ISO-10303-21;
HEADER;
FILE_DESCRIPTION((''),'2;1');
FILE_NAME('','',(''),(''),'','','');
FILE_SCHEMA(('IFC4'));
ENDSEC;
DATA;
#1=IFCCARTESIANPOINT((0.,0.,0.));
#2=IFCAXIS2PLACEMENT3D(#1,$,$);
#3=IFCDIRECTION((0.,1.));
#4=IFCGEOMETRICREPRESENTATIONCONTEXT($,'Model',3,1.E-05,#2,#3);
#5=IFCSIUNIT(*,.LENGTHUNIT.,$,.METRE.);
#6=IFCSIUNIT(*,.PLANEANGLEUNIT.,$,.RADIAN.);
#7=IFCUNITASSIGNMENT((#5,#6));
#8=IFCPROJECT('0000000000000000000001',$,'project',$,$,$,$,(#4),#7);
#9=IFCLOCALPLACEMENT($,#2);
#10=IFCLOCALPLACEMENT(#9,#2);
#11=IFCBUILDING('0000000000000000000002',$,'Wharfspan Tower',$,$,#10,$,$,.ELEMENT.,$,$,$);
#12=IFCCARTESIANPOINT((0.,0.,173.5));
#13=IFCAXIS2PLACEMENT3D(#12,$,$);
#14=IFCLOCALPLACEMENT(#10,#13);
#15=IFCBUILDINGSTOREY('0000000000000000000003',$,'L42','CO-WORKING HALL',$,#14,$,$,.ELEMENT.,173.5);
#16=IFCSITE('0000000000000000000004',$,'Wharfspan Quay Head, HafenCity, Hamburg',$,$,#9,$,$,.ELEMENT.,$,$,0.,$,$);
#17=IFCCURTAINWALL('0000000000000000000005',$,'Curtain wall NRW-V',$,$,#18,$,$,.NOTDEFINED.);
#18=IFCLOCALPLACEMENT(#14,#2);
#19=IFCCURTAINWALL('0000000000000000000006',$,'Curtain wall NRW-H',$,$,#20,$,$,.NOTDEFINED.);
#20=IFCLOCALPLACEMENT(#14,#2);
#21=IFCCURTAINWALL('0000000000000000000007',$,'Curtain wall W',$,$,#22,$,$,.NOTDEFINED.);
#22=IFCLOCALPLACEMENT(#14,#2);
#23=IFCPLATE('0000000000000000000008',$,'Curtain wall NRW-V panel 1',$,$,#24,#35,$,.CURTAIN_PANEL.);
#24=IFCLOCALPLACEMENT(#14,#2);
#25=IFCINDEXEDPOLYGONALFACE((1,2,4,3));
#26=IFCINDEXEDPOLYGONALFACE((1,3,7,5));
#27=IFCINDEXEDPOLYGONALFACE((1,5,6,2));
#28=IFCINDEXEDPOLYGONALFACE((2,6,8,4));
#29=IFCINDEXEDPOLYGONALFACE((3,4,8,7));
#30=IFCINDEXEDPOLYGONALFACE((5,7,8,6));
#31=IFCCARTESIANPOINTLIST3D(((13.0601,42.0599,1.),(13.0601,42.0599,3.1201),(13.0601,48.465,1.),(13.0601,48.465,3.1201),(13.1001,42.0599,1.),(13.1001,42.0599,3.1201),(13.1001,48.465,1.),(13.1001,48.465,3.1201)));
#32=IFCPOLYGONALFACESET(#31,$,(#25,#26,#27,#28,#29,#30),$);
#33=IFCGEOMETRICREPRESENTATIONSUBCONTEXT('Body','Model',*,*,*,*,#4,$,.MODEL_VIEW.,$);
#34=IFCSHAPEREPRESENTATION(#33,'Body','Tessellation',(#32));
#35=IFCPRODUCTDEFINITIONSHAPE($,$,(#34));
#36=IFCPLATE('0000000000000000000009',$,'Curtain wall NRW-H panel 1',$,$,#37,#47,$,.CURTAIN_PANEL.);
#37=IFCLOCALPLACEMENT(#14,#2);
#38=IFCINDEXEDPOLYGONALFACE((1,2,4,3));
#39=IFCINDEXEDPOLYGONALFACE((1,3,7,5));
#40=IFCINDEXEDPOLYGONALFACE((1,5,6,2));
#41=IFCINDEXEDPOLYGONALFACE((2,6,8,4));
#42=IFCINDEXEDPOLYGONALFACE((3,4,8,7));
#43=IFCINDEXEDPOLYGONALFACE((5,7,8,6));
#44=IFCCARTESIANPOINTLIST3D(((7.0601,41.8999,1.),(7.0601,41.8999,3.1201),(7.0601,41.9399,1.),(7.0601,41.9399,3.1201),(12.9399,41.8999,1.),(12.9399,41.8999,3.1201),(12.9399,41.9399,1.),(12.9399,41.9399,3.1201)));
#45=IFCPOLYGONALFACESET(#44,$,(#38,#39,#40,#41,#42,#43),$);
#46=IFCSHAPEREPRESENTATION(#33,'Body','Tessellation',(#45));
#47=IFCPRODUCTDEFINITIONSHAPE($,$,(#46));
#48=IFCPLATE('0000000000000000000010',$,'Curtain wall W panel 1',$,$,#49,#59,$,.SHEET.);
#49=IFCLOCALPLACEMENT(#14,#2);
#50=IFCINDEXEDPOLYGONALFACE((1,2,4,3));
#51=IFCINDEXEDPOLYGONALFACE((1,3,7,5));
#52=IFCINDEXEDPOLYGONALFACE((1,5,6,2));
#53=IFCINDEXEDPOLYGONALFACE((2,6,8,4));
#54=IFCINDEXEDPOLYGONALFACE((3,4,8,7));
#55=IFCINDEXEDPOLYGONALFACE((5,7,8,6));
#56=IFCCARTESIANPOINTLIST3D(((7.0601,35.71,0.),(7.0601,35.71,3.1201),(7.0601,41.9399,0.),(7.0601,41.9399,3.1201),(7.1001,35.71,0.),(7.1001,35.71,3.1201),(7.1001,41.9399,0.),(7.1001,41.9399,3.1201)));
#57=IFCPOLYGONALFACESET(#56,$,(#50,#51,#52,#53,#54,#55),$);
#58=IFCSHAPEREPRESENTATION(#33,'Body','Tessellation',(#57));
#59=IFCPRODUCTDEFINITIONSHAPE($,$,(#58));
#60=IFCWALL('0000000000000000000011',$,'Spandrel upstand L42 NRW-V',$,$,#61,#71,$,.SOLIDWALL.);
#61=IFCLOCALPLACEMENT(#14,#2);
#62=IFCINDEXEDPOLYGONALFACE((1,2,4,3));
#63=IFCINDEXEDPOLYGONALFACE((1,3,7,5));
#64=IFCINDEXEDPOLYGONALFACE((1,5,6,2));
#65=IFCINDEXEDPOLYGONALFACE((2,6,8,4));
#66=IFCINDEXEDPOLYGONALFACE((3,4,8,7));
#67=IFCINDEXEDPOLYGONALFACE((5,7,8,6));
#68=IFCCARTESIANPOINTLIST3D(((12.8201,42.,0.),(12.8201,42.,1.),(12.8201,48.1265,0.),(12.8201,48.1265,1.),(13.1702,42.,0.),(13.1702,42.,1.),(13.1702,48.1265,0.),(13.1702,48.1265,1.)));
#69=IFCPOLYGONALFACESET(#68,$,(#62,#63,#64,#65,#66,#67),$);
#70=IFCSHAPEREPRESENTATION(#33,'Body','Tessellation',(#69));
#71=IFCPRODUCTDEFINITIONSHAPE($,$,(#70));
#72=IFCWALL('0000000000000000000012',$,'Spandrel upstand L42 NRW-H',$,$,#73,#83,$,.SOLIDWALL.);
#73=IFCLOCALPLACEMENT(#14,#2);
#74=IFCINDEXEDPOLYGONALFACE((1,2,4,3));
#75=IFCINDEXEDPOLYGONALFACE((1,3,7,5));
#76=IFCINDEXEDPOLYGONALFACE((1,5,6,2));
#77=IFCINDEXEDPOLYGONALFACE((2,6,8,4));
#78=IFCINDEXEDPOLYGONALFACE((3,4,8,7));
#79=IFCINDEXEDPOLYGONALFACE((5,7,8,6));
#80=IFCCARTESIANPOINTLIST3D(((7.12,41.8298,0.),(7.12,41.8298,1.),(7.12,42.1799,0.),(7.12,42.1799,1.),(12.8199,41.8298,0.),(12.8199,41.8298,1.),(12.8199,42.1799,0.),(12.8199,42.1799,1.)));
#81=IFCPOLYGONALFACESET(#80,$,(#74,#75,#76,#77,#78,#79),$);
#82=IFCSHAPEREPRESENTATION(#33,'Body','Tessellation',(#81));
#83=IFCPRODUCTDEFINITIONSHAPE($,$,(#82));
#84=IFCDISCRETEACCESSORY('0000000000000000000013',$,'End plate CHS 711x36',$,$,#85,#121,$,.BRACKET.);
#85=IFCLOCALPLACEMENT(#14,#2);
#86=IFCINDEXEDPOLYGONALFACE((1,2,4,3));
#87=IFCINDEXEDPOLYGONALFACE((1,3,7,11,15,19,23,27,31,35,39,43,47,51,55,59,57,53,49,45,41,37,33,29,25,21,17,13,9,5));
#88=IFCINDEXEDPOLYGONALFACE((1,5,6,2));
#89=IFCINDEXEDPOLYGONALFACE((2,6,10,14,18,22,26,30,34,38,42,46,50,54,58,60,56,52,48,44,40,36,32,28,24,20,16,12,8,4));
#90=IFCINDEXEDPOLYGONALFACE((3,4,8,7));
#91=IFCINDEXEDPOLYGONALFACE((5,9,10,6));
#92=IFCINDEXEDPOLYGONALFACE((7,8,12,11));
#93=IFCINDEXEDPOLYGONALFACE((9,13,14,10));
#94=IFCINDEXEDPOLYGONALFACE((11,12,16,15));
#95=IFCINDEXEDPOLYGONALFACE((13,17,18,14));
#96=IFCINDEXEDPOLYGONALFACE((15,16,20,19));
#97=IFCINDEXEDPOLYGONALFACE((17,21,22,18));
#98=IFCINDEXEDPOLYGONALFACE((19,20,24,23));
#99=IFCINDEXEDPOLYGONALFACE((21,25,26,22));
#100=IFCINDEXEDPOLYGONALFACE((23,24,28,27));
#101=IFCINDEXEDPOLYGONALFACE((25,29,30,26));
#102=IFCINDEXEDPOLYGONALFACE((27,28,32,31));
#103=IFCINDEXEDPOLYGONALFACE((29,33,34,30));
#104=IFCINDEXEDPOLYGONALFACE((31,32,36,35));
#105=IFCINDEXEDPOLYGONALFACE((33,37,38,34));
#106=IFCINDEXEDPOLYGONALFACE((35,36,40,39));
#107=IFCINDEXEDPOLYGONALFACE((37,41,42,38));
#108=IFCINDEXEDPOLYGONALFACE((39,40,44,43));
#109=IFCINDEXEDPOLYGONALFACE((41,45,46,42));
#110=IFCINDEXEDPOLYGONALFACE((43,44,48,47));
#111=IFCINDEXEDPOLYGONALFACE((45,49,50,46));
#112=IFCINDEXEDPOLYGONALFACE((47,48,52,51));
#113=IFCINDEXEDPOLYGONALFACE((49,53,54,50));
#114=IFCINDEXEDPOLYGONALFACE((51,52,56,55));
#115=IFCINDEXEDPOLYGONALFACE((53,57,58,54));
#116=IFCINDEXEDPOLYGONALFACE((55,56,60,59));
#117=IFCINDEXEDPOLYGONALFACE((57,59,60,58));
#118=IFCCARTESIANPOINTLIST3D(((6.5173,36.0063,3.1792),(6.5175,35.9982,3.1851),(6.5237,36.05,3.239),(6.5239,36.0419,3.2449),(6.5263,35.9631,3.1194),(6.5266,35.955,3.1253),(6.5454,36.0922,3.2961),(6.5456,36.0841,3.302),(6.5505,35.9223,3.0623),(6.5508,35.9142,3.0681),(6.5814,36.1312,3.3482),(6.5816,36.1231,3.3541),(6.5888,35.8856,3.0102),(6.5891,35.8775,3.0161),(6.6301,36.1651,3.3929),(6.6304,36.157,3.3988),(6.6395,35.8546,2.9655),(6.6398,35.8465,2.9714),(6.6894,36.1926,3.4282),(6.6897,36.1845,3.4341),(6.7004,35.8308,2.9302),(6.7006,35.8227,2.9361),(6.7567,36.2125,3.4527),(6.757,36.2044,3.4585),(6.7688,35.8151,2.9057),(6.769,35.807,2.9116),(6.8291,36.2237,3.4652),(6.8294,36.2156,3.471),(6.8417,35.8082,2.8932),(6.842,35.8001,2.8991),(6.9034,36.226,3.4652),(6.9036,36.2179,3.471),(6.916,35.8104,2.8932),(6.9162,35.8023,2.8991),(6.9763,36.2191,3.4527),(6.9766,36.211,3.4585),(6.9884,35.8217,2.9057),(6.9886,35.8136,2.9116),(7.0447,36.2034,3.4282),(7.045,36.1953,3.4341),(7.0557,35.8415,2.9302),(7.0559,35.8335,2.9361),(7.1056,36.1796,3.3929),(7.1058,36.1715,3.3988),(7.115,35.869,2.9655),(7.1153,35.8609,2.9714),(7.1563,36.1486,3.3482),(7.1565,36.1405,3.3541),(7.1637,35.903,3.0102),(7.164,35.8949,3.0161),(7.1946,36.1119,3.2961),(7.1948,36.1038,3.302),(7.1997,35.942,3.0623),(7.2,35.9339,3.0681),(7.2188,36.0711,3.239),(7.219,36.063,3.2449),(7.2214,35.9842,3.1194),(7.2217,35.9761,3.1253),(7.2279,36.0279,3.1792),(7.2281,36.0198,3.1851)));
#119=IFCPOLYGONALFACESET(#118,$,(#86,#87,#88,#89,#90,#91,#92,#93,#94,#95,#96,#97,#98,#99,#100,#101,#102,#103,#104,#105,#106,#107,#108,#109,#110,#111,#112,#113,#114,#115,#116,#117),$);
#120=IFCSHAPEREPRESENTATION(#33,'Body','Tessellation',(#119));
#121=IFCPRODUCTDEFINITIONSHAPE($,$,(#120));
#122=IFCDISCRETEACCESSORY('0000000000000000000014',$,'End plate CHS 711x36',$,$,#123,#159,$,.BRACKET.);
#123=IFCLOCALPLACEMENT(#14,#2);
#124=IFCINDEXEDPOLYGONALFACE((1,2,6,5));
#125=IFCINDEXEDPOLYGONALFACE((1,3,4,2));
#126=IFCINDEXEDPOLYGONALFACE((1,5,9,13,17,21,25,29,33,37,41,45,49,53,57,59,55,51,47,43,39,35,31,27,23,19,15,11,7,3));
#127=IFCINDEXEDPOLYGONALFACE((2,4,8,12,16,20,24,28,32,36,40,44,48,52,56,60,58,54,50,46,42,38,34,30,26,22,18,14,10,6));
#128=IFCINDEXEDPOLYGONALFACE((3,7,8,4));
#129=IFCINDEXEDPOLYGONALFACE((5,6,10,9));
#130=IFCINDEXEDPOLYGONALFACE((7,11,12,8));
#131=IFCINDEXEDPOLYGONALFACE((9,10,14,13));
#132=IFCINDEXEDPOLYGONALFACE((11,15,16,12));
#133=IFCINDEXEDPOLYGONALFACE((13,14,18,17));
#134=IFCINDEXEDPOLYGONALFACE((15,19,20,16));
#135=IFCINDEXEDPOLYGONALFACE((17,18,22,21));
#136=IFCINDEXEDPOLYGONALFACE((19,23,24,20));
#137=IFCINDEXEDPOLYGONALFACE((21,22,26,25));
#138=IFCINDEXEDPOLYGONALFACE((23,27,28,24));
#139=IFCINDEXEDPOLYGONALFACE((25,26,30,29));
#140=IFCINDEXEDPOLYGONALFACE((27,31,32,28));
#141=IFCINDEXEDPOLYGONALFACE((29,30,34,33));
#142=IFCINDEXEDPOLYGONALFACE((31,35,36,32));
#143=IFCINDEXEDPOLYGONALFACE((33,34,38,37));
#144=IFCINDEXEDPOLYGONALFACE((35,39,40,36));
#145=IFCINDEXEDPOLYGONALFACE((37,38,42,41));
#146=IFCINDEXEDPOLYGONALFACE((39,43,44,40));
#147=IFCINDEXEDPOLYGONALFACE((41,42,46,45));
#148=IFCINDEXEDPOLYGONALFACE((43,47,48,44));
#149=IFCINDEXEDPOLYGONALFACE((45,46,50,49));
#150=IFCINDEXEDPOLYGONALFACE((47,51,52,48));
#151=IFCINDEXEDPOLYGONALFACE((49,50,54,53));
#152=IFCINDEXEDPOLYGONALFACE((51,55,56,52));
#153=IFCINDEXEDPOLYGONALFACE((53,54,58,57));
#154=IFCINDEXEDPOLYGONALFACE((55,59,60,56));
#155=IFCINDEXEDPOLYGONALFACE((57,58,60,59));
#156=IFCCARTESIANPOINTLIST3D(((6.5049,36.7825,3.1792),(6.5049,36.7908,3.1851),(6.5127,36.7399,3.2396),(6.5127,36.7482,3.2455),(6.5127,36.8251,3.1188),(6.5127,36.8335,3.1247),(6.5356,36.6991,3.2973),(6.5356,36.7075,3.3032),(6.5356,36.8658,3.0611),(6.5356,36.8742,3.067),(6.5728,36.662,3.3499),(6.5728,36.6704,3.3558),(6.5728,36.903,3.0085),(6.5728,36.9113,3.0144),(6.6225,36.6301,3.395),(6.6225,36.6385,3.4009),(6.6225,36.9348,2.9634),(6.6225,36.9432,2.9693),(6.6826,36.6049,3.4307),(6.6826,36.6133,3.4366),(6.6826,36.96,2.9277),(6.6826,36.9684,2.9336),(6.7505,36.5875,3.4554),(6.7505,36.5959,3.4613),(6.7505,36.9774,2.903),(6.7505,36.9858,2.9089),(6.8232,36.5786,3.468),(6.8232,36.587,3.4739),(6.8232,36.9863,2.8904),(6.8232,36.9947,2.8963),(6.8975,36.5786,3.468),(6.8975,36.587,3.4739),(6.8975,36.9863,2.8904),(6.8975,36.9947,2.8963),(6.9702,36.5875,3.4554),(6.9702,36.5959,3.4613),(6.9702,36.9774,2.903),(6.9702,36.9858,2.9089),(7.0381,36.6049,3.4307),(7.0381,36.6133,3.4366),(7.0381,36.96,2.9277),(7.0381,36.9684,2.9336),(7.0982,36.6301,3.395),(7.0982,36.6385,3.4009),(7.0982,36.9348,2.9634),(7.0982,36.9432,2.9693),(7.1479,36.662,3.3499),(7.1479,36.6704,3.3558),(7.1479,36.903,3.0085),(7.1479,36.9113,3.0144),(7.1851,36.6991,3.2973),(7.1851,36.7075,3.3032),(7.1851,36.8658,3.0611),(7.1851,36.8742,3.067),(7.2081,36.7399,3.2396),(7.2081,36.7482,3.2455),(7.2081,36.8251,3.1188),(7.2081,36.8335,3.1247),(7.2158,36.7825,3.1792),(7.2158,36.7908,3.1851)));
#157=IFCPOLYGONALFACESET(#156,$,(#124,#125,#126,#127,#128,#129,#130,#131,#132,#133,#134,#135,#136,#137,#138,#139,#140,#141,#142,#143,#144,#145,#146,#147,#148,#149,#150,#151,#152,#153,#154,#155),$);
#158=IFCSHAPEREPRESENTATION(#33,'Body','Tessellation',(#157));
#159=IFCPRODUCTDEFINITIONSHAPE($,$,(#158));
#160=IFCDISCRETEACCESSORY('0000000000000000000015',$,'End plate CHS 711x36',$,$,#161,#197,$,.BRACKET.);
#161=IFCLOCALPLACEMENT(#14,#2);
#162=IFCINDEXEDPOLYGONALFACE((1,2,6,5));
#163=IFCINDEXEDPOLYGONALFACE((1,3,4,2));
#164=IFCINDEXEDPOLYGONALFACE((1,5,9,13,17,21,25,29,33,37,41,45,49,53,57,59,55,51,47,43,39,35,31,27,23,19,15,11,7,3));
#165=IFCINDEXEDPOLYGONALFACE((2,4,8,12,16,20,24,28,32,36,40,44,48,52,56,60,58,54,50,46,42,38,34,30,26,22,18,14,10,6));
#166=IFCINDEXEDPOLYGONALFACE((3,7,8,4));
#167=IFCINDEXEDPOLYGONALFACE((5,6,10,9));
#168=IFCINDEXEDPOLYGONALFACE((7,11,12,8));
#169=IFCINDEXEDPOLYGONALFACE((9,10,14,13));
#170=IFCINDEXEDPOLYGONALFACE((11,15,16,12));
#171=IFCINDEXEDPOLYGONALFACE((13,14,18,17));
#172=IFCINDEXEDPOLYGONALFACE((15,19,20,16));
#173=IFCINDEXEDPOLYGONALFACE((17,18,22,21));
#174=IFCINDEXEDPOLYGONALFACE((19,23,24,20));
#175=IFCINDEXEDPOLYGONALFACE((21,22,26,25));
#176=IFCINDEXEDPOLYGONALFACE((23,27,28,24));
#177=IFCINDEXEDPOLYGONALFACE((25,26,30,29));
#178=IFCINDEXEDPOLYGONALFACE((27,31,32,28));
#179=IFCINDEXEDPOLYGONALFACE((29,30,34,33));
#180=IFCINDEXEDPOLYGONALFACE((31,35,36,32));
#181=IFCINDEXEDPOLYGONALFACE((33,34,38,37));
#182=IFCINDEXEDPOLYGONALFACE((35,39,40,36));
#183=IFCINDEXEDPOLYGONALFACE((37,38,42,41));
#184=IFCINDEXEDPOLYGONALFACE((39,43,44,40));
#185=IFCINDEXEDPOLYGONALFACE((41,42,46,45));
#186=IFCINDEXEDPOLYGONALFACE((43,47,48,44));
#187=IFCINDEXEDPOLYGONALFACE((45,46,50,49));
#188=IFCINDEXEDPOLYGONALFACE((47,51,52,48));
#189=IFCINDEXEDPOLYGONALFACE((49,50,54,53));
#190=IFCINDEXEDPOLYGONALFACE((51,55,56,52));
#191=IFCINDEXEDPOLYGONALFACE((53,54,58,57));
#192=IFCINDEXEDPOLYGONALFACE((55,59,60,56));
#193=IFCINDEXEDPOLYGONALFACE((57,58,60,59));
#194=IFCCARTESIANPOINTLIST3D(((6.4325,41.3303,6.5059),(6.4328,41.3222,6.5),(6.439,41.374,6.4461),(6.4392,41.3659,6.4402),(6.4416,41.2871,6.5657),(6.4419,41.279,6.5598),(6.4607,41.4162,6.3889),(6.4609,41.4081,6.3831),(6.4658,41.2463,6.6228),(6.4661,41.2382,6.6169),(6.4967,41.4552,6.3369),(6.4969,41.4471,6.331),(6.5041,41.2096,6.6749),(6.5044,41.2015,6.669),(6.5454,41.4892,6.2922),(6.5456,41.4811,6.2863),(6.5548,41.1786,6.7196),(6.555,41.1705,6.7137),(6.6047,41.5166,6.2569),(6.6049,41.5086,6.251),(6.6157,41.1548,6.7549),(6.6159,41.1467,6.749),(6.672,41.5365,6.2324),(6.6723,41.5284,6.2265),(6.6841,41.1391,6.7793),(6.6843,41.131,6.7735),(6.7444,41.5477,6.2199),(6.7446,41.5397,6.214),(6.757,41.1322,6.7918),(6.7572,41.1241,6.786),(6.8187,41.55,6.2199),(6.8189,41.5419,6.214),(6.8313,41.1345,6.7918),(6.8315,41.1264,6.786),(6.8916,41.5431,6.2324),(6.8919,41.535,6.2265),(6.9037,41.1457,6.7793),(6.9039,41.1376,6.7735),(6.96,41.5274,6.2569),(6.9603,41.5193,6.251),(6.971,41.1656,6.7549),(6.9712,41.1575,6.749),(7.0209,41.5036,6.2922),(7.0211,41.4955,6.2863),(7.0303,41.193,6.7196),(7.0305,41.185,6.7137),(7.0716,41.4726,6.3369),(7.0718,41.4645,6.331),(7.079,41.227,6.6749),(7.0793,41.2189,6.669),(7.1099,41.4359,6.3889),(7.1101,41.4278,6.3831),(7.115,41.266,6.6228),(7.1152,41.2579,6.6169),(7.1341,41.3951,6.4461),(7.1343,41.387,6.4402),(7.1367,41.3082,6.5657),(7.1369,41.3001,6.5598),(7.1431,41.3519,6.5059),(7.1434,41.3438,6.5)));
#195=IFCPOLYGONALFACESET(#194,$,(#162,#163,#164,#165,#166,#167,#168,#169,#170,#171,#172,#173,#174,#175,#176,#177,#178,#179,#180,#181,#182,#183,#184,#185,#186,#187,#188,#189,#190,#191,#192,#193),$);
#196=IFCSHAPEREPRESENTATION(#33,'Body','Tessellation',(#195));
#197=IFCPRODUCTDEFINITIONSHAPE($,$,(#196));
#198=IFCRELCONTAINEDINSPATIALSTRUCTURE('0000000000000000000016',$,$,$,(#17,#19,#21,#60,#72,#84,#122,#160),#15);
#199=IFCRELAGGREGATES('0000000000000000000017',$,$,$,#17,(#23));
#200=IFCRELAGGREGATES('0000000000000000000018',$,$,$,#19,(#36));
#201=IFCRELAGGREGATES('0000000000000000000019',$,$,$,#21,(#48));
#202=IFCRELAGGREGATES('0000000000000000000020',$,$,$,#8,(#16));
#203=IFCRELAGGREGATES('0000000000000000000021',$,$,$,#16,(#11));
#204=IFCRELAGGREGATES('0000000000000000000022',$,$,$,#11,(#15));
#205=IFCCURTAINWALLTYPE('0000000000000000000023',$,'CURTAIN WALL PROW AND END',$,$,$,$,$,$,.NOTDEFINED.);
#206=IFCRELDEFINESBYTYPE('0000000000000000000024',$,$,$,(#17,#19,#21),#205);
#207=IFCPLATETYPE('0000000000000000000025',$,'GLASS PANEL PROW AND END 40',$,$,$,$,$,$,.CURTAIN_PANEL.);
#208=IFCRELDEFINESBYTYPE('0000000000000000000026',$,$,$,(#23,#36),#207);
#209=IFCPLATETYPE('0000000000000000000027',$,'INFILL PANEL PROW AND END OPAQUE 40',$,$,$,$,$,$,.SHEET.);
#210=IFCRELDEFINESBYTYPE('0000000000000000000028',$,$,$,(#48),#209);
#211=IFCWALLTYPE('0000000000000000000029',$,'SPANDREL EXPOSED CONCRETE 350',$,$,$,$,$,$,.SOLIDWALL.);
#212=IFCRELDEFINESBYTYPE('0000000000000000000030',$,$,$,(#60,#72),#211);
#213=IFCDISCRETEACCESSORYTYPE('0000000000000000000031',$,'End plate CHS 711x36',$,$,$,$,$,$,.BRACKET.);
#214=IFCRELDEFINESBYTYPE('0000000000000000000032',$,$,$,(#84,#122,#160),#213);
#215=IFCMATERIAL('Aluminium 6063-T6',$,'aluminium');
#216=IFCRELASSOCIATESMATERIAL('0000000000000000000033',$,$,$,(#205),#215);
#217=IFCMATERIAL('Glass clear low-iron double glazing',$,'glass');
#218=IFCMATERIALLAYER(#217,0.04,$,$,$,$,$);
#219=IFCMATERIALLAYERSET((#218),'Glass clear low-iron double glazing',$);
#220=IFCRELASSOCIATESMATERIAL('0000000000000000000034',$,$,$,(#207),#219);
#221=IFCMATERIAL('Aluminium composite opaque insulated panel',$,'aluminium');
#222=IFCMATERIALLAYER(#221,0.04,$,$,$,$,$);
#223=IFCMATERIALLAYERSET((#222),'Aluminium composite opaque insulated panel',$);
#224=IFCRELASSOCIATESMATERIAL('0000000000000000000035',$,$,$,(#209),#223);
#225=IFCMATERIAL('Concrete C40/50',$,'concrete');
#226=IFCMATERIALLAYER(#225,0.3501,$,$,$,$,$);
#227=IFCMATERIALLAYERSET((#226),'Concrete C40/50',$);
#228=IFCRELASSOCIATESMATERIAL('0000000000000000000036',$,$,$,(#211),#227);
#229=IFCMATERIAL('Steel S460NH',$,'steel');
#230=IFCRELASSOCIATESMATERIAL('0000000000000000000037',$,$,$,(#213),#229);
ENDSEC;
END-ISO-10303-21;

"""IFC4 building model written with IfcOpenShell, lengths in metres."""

from ifc_helpers import new_model, si_unit, direction, frame, frame_2d, origin, origin_2d, place, context, subcontext, project, spatial, rectangle, circle, extrude, material, layer, layer_set, material_profile, profile_set, type_object, element, aggregate, save


model = new_model("IFC4")

# Units and contexts
model_context = context("Model", 3, precision=1e-05, world=origin(), true_north=direction((0.0, 1.0)))
body_context = subcontext(model_context, "Body", "Model", "MODEL_VIEW")
ifc_project = project(units=[si_unit("LENGTHUNIT", "METRE"), si_unit("PLANEANGLEUNIT", "RADIAN")], contexts=[model_context])

# Site, building, storey
site_placement = place(None, origin())
site = spatial("IfcSite", under=ifc_project, at=site_placement, Name="Wharfspan Quay Head, HafenCity, Hamburg", CompositionType="ELEMENT", RefElevation=0.0)
building_placement = place(site_placement, origin())
building = spatial("IfcBuilding", under=site, at=building_placement, Name="Wharfspan Tower", CompositionType="ELEMENT")
storey_placement = place(building_placement, frame((0.0, 0.0, 173.5)))
storey = spatial("IfcBuildingStorey", under=building, at=storey_placement, Name="L42", Description="CO-WORKING HALL", CompositionType="ELEMENT", Elevation=173.5)

# Curtain walls
ifc_material_1 = material(Name="Aluminium 6063-T6", Category="aluminium")
curtain_wall_type = type_object("IfcCurtainWallType", Name="CURTAIN WALL PROW AND END", PredefinedType="NOTDEFINED", material=ifc_material_1)
curtain_wall_1_placement = place(storey_placement, origin())
curtain_wall_1 = element("IfcCurtainWall", 1, at=curtain_wall_1_placement, inside=storey, type_object=curtain_wall_type, Name="Curtain wall NRW-V", PredefinedType="NOTDEFINED")
curtain_wall_2_placement = place(storey_placement, origin())
curtain_wall_2 = element("IfcCurtainWall", 2, at=curtain_wall_2_placement, inside=storey, type_object=curtain_wall_type, Name="Curtain wall NRW-H", PredefinedType="NOTDEFINED")
curtain_wall_3_placement = place(storey_placement, origin())
curtain_wall_3 = element("IfcCurtainWall", 3, at=curtain_wall_3_placement, inside=storey, type_object=curtain_wall_type, Name="Curtain wall W", PredefinedType="NOTDEFINED")

# Shared definitions
ifc_material_2 = material(Name="Steel S460NH", Category="steel")

# Plates
ifc_material_3 = material(Name="Glass clear low-iron double glazing", Category="glass")
ifc_layer_1 = layer(ifc_material_3, 0.04)
ifc_layer_set_1 = layer_set([ifc_layer_1], Name="Glass clear low-iron double glazing")
plate_type_1 = type_object("IfcPlateType", Name="GLASS PANEL PROW AND END 40", PredefinedType="CURTAIN_PANEL", material=ifc_layer_set_1)
plate_1_placement = place(storey_placement, frame((13.0801, 45.2625, 1.0), z_axis=(0.0, 0.0, 1.0), x_axis=(0.0, -1.0, 0.0)))
plate_1 = element("IfcPlate", 4, at=plate_1_placement, type_object=plate_type_1, Name="Curtain wall NRW-V panel 1", PredefinedType="CURTAIN_PANEL", context=body_context, shape_type="SweptSolid", body=[
    extrude(rectangle(XDim=6.405, YDim=0.04, at=origin_2d()), origin(), (0.0, 0.0, 1.0), 2.1201),
])
aggregate(curtain_wall_1, [plate_1])
plate_2_placement = place(storey_placement, frame((10.0, 41.9199, 1.0), z_axis=(0.0, 0.0, 1.0), x_axis=(-1.0, 0.0, 0.0)))
plate_2 = element("IfcPlate", 5, at=plate_2_placement, type_object=plate_type_1, Name="Curtain wall NRW-H panel 1", PredefinedType="CURTAIN_PANEL", context=body_context, shape_type="SweptSolid", body=[
    extrude(rectangle(XDim=5.8799, YDim=0.04, at=origin_2d()), origin(), (0.0, 0.0, 1.0), 2.1201),
])
aggregate(curtain_wall_2, [plate_2])
ifc_material_4 = material(Name="Aluminium composite opaque insulated panel", Category="aluminium")
ifc_layer_2 = layer(ifc_material_4, 0.04)
ifc_layer_set_2 = layer_set([ifc_layer_2], Name="Aluminium composite opaque insulated panel")
plate_type_2 = type_object("IfcPlateType", Name="INFILL PANEL PROW AND END OPAQUE 40", PredefinedType="SHEET", material=ifc_layer_set_2)
plate_3_placement = place(storey_placement, frame((7.0801, 38.825, 0.0), z_axis=(0.0, 0.0, 1.0), x_axis=(0.0, -1.0, 0.0)))
plate_3 = element("IfcPlate", 6, at=plate_3_placement, type_object=plate_type_2, Name="Curtain wall W panel 1", PredefinedType="SHEET", context=body_context, shape_type="SweptSolid", body=[
    extrude(rectangle(XDim=6.23, YDim=0.04, at=origin_2d()), origin(), (0.0, 0.0, 1.0), 3.1201),
])
aggregate(curtain_wall_3, [plate_3])

# Walls
ifc_material_5 = material(Name="Concrete C40/50", Category="concrete")
ifc_layer_3 = layer(ifc_material_5, 0.3501)
ifc_layer_set_3 = layer_set([ifc_layer_3], Name="Concrete C40/50")
wall_type = type_object("IfcWallType", Name="SPANDREL EXPOSED CONCRETE 350", PredefinedType="SOLIDWALL", material=ifc_layer_set_3)
wall_1_placement = place(storey_placement, frame((12.9951, 48.1265, 0.0), z_axis=(0.0, 0.0, 1.0), x_axis=(0.0, -1.0, 0.0)))
element("IfcWall", 7, at=wall_1_placement, inside=storey, type_object=wall_type, Name="Spandrel upstand L42 NRW-V", PredefinedType="SOLIDWALL", context=body_context, shape_type="SweptSolid", body=[
    extrude(rectangle(XDim=6.1265, YDim=0.3501, at=frame_2d((3.0632, 0.0))), origin(), (0.0, 0.0, 1.0), 1.0),
])
wall_2_placement = place(storey_placement, frame((12.8201, 42.0049, 0.0), z_axis=(0.0, 0.0, 1.0), x_axis=(-1.0, 0.0, 0.0)))
element("IfcWall", 8, at=wall_2_placement, inside=storey, type_object=wall_type, Name="Spandrel upstand L42 NRW-H", PredefinedType="SOLIDWALL", context=body_context, shape_type="SweptSolid", body=[
    extrude(rectangle(XDim=5.7, YDim=0.3501, at=frame_2d((2.8501, 0.0))), origin(), (0.0, 0.0, 1.0), 1.0),
])

# Discrete accessories
ifc_material_profile_1 = material_profile(ifc_material_2, circle(Radius=0.3555, at=origin_2d()))
ifc_profile_set_1 = profile_set([ifc_material_profile_1], Name="Steel S460NH")
discrete_accessory_type = type_object("IfcDiscreteAccessoryType", Name="End plate CHS 711x36", PredefinedType="BRACKET", material=ifc_profile_set_1)
discrete_accessory_1_placement = place(storey_placement, frame((6.8726, 36.0171, 3.1792), z_axis=(0.0245, -0.808493, 0.587995), x_axis=(0.999537, 0.03029, 0.000001)))
element("IfcDiscreteAccessory", 9, at=discrete_accessory_1_placement, inside=storey, type_object=discrete_accessory_type, Name="End plate CHS 711x36", PredefinedType="BRACKET", context=body_context, shape_type="SweptSolid", body=[
    extrude(circle(Radius=0.3555, at=origin_2d()), origin(), (0.0, 0.0, 1.0), 0.01),
])
discrete_accessory_2_placement = place(storey_placement, frame((6.8604, 36.7825, 3.1792), z_axis=(0.0, 0.816968, 0.576683), x_axis=(-1.0, 0.0, 0.0)))
element("IfcDiscreteAccessory", 10, at=discrete_accessory_2_placement, inside=storey, type_object=discrete_accessory_type, Name="End plate CHS 711x36", PredefinedType="BRACKET", context=body_context, shape_type="SweptSolid", body=[
    extrude(circle(Radius=0.3555, at=origin_2d()), origin(), (0.0, 0.0, 1.0), 0.0103),
])
discrete_accessory_3_placement = place(storey_placement, frame((6.7881, 41.333, 6.5), z_axis=(-0.0245, 0.808493, 0.587995), x_axis=(-0.999537, -0.03029, 0.000001)))
element("IfcDiscreteAccessory", 11, at=discrete_accessory_3_placement, inside=storey, type_object=discrete_accessory_type, Name="End plate CHS 711x36", PredefinedType="BRACKET", context=body_context, shape_type="SweptSolid", body=[
    extrude(circle(Radius=0.3555, at=origin_2d()), origin(), (0.0, 0.0, 1.0), 0.01),
])

save(model, "model.ifc")
